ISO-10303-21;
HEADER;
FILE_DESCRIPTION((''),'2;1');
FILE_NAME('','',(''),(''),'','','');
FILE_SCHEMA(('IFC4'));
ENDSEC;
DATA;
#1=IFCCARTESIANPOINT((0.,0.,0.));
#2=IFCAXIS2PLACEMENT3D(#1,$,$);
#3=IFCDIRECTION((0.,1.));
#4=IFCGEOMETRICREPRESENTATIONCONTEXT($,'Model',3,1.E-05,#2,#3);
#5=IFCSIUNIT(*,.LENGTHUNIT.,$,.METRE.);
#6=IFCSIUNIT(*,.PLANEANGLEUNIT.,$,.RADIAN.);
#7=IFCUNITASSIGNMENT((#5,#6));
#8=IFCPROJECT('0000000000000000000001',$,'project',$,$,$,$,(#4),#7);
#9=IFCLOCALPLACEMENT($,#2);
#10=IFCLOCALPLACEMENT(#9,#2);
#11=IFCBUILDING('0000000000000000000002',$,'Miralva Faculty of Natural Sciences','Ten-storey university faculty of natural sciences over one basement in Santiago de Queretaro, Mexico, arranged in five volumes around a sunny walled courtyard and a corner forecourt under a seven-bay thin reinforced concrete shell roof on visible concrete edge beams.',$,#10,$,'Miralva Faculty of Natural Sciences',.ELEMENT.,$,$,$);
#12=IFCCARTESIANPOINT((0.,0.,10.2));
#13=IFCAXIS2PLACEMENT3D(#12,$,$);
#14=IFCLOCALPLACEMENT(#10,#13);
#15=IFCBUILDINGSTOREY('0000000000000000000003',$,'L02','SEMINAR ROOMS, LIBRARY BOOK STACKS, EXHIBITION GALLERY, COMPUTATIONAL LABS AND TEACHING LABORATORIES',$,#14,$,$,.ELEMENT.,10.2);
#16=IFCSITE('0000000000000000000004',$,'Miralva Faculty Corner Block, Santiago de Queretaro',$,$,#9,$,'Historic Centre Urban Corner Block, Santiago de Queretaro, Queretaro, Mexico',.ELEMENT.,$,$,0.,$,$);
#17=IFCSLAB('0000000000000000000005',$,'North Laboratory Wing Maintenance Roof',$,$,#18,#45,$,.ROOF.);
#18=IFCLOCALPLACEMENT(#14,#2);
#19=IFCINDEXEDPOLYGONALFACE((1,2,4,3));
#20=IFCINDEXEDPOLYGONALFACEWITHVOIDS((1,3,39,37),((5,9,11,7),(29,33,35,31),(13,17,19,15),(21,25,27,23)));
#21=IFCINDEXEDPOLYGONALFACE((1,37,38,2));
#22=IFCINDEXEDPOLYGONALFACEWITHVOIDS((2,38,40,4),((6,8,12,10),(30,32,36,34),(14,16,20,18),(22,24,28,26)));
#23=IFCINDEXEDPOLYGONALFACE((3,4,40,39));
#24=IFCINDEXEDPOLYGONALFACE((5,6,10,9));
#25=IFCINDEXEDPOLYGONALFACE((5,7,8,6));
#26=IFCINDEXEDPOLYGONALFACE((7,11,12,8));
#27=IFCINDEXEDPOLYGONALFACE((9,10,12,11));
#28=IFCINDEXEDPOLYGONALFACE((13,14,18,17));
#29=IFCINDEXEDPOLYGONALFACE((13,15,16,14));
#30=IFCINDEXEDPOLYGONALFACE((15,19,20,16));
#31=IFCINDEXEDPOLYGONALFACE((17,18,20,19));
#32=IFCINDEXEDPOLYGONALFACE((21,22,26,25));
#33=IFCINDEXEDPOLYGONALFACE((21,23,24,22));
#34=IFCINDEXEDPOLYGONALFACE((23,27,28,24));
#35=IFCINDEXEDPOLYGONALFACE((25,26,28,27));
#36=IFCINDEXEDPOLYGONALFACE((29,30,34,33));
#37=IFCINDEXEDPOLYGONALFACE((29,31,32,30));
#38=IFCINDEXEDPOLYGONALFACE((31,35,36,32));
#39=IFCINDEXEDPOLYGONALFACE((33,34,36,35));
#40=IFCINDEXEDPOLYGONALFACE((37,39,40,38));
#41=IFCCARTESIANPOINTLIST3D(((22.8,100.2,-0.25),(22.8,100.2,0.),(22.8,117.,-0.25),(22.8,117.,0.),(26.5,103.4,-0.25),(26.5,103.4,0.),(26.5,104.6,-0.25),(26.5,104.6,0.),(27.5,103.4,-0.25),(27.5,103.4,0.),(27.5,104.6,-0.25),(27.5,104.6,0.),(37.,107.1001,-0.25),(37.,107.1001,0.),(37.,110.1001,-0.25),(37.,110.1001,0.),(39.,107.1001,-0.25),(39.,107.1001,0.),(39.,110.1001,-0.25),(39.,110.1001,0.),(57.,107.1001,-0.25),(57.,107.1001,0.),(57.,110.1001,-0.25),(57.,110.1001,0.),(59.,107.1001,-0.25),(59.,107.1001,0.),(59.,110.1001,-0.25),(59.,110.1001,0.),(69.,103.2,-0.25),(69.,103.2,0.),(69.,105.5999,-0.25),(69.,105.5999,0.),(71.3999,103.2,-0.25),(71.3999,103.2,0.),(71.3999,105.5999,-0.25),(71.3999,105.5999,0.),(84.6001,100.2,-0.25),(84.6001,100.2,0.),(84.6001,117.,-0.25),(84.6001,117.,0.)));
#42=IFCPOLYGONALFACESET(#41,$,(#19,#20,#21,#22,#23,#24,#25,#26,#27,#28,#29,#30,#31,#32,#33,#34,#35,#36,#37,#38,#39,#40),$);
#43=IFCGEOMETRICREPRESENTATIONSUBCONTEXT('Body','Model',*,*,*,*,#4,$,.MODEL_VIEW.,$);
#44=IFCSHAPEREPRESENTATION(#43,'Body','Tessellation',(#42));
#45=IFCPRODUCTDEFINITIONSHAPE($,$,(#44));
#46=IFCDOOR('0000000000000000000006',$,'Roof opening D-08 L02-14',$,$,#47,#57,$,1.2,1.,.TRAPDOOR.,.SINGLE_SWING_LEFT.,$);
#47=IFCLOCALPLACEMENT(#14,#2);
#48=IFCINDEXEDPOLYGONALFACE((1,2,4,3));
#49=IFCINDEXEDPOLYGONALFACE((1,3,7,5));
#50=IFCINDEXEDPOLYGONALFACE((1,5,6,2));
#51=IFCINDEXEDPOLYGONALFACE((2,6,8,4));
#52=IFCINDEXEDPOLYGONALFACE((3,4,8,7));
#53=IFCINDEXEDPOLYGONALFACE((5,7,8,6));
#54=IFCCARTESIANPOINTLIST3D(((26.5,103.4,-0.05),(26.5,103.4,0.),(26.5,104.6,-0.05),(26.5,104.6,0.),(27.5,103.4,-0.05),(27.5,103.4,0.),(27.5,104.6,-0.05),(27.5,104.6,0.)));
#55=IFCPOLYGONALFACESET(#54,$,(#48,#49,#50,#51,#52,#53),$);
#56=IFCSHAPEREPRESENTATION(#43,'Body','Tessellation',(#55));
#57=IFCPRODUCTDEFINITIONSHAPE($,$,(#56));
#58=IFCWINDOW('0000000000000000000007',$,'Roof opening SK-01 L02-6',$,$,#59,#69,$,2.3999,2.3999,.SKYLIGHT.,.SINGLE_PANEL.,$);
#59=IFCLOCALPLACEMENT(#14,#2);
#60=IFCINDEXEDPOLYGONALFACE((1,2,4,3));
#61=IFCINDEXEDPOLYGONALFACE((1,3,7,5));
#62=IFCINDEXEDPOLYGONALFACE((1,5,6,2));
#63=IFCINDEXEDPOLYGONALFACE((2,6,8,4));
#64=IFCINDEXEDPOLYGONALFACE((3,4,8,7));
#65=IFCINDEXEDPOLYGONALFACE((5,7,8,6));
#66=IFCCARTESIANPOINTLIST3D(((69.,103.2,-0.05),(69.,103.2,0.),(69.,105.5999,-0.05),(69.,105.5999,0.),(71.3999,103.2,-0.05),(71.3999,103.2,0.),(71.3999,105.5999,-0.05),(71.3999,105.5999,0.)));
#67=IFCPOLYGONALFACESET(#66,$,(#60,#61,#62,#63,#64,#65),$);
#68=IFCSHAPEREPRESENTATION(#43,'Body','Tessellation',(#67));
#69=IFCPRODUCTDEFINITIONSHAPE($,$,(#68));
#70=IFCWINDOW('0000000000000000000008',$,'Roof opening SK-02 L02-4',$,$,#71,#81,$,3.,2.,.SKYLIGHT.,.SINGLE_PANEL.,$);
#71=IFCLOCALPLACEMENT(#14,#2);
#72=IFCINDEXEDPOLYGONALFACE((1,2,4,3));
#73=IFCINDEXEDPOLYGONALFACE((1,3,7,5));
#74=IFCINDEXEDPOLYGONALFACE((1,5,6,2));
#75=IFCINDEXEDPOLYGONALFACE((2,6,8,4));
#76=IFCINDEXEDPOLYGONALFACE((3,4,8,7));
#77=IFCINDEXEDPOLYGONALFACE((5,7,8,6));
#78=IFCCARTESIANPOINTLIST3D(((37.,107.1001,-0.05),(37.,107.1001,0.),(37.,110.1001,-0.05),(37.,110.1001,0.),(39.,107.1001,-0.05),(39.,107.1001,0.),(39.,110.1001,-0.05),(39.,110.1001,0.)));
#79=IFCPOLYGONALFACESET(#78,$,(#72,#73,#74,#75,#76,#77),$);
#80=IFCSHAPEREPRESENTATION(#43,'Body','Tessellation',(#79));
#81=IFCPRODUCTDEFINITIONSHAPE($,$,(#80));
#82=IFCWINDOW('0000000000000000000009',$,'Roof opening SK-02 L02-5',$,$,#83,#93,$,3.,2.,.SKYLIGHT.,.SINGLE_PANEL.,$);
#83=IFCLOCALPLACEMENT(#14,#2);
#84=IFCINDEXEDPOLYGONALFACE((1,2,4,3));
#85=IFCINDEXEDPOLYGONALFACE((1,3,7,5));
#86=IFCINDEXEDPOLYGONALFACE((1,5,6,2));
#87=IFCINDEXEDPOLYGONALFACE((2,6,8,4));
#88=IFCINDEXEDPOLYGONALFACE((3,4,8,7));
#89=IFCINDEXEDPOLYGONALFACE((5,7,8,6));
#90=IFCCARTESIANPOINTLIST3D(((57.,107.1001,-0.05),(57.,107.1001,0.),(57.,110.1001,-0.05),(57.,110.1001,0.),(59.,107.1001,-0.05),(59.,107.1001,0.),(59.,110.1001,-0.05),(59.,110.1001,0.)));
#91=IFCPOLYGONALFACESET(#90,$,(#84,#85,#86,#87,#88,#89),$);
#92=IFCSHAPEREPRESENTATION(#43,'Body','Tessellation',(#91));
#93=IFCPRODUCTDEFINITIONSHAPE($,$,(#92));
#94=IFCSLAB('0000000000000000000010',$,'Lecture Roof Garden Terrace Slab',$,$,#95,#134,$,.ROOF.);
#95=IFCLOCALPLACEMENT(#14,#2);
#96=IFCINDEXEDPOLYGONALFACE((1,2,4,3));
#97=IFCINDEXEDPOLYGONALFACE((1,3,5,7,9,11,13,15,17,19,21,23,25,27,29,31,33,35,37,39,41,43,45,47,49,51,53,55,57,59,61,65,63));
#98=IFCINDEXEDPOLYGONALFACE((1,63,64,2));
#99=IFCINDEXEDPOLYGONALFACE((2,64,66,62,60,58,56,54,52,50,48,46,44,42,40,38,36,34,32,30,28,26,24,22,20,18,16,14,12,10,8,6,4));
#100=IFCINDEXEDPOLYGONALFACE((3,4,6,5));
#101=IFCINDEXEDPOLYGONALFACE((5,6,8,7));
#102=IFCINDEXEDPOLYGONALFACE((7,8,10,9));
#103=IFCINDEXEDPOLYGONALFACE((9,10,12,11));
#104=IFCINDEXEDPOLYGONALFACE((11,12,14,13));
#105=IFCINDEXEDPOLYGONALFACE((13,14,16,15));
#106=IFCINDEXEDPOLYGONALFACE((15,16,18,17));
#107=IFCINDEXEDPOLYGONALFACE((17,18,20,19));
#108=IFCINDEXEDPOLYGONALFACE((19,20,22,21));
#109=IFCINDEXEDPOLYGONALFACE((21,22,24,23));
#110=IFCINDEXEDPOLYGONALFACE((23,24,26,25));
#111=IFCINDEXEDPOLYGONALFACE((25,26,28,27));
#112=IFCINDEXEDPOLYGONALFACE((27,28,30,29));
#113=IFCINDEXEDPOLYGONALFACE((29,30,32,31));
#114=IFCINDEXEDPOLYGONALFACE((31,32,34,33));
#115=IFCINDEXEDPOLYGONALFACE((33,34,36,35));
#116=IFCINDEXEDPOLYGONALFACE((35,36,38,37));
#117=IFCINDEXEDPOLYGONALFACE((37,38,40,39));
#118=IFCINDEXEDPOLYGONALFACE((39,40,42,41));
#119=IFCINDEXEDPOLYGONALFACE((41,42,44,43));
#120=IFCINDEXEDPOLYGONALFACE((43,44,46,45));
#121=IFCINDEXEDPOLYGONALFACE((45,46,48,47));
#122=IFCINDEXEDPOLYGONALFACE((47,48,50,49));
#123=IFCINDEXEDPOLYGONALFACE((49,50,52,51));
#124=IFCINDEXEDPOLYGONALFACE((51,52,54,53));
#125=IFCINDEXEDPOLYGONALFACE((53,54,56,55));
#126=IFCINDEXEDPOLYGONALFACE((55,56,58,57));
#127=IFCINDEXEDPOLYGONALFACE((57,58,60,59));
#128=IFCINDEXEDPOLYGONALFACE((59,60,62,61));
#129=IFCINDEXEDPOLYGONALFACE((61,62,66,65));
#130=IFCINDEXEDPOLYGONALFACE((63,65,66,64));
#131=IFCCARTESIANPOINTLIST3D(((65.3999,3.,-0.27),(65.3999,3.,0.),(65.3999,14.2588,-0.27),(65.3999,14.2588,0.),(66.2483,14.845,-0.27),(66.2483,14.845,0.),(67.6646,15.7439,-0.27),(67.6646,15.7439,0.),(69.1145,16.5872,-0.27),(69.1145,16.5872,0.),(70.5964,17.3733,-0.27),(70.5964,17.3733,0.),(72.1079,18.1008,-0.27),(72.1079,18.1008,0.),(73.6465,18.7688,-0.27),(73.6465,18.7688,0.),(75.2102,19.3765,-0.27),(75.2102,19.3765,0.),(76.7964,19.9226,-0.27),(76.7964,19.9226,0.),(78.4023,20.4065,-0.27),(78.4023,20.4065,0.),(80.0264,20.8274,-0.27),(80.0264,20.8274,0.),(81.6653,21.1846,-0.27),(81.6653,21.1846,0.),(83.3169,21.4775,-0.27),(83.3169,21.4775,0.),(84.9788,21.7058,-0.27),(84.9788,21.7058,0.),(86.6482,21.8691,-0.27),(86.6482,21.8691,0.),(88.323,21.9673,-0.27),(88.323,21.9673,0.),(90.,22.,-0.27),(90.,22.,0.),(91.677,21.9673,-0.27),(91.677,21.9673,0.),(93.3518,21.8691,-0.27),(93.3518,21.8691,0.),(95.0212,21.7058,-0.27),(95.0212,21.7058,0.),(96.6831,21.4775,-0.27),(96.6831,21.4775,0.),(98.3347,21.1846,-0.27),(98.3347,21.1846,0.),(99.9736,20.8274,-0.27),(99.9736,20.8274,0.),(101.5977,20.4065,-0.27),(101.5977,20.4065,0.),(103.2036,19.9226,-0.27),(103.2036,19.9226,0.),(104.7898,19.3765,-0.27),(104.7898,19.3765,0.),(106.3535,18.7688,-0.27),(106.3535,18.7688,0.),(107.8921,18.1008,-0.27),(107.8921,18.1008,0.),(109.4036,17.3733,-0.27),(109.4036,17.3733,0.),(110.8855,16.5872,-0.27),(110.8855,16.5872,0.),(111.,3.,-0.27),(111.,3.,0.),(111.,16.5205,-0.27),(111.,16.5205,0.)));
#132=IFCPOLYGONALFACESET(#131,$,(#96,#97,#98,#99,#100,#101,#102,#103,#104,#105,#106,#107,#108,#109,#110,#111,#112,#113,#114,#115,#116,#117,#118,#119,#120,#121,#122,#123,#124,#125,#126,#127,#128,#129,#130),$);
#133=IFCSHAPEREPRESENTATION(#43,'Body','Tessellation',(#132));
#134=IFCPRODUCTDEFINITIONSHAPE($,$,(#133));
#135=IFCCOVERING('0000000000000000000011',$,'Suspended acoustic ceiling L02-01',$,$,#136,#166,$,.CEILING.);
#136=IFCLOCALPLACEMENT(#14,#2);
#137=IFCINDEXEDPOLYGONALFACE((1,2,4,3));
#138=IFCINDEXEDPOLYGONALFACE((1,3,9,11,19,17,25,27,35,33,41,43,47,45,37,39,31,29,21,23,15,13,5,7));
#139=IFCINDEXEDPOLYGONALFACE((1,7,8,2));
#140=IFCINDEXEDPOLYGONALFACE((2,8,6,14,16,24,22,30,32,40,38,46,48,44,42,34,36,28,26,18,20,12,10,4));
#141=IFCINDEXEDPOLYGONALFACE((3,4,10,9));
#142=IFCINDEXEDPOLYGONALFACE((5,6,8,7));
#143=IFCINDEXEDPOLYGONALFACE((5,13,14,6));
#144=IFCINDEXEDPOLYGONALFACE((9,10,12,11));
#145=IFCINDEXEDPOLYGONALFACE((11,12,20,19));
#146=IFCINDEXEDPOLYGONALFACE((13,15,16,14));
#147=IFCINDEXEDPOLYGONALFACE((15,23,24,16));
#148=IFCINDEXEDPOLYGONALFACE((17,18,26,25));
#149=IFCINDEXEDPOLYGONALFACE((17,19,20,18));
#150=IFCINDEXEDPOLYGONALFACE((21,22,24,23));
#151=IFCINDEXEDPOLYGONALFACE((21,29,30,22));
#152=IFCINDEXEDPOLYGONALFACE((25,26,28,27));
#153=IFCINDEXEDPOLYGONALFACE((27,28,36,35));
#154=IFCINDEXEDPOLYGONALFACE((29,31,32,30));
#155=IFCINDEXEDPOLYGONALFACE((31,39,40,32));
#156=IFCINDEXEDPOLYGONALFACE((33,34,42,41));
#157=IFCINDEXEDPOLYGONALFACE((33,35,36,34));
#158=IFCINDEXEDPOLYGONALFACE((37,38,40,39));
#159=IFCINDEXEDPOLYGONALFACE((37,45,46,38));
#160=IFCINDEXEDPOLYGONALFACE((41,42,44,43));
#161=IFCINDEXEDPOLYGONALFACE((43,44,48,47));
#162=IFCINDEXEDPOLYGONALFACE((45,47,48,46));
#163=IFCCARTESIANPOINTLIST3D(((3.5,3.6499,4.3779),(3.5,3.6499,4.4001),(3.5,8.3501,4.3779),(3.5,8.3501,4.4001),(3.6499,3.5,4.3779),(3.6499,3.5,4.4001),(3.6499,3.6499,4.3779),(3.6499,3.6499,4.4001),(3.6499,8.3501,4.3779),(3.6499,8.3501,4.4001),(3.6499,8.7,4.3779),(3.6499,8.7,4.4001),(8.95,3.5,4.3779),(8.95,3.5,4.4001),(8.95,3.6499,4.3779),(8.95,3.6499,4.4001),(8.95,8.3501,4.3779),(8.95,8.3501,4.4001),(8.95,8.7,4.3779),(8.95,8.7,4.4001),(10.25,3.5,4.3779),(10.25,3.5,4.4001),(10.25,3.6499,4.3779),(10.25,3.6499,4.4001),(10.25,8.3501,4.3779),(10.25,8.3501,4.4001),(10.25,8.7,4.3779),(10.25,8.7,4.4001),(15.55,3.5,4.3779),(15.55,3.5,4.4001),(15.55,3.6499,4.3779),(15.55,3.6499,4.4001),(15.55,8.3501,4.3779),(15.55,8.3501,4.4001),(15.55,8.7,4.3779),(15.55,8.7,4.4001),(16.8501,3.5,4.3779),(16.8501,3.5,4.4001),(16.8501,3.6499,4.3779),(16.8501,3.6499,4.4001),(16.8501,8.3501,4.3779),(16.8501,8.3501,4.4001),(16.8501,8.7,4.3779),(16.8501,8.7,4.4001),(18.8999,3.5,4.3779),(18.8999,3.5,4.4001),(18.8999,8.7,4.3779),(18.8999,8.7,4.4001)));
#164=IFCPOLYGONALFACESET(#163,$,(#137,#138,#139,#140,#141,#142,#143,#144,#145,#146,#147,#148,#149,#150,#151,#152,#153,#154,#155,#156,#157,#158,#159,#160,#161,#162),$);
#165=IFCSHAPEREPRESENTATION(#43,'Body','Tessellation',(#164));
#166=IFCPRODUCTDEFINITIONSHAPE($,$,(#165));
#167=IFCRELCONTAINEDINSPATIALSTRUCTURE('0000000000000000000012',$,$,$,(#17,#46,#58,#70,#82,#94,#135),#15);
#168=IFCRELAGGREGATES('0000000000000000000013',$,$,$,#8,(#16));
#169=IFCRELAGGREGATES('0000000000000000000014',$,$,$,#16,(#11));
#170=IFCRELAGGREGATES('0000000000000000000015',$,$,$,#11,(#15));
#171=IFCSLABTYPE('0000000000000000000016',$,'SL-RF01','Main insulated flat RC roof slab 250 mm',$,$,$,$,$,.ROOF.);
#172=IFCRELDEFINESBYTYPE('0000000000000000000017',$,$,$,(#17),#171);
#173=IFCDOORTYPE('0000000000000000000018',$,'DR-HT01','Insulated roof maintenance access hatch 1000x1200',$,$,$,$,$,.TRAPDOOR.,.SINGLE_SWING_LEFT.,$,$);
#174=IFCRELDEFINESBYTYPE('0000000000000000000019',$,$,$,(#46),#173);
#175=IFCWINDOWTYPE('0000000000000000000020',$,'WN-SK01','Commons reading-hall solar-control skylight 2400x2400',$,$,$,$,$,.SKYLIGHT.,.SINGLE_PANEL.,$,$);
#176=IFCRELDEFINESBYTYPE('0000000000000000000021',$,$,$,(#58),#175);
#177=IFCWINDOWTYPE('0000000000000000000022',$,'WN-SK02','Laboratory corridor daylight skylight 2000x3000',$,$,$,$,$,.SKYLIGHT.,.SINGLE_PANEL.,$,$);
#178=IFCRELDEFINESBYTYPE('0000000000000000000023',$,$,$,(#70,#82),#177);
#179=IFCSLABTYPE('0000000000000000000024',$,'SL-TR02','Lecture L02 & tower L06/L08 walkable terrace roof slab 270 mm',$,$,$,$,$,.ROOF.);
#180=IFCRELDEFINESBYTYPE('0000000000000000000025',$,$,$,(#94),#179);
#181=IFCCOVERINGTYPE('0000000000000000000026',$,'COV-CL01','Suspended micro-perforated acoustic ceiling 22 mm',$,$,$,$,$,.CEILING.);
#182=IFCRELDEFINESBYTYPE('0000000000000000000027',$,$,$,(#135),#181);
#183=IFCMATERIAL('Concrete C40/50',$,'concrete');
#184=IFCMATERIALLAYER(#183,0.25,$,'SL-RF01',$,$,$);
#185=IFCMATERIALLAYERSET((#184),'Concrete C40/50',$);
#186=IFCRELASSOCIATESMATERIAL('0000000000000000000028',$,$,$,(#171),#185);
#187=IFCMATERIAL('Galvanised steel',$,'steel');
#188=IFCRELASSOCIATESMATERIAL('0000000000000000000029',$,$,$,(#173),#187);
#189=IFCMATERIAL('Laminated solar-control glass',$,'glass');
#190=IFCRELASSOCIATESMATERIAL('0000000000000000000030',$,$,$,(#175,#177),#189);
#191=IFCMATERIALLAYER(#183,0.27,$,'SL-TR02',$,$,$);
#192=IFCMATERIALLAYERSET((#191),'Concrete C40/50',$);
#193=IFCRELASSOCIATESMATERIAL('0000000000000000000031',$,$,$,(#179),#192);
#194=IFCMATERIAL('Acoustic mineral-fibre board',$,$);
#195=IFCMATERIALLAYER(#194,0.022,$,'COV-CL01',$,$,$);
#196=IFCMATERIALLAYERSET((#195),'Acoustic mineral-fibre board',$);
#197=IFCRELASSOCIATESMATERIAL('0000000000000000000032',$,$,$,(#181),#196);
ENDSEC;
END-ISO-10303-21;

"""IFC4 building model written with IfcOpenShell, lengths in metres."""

from ifc_helpers import new_model, si_unit, direction, frame, origin, origin_2d, place, context, subcontext, project, spatial, polyline, rectangle, outline, extrude, material, layer, layer_set, type_object, element, fill, save


model = new_model("IFC4")

# Units and contexts
model_context = context("Model", 3, precision=1e-05, world=origin(), true_north=direction((0.0, 1.0)))
body_context = subcontext(model_context, "Body", "Model", "MODEL_VIEW")
ifc_project = project(units=[si_unit("LENGTHUNIT", "METRE"), si_unit("PLANEANGLEUNIT", "RADIAN")], contexts=[model_context])

# Site, building, storey
site_placement = place(None, origin())
site = spatial("IfcSite", under=ifc_project, at=site_placement, Name="Miralva Faculty Corner Block, Santiago de Queretaro", LongName="Historic Centre Urban Corner Block, Santiago de Queretaro, Queretaro, Mexico", CompositionType="ELEMENT", RefElevation=0.0)
building_placement = place(site_placement, origin())
building = spatial("IfcBuilding", under=site, at=building_placement, Name="Miralva Faculty of Natural Sciences", Description="Ten-storey university faculty of natural sciences over one basement in Santiago de Queretaro, Mexico, arranged in five volumes around a sunny walled courtyard and a corner forecourt under a seven-bay thin reinforced concrete shell roof on visible concrete edge beams.", LongName="Miralva Faculty of Natural Sciences", CompositionType="ELEMENT")
storey_placement = place(building_placement, frame((0.0, 0.0, 10.2)))
storey = spatial("IfcBuildingStorey", under=building, at=storey_placement, Name="L02", Description="SEMINAR ROOMS, LIBRARY BOOK STACKS, EXHIBITION GALLERY, COMPUTATIONAL LABS AND TEACHING LABORATORIES", CompositionType="ELEMENT", Elevation=10.2)

# Shared definitions
ifc_material_1 = material(Name="Concrete C40/50", Category="concrete")

# Slab, openings, door, windows
ifc_layer_1 = layer(ifc_material_1, 0.25, Name="SL-RF01")
ifc_layer_set_1 = layer_set([ifc_layer_1], Name="Concrete C40/50")
slab_type_1 = type_object("IfcSlabType", Name="SL-RF01", Description="Main insulated flat RC roof slab 250 mm", PredefinedType="ROOF", material=ifc_layer_set_1)
slab_1_placement = place(storey_placement, frame((0.0, 0.0, -0.25)))
slab_1 = element("IfcSlab", 1, at=slab_1_placement, inside=storey, type_object=slab_type_1, Name="North Laboratory Wing Maintenance Roof", PredefinedType="ROOF", context=body_context, shape_type="SweptSolid", body=[
    extrude(outline(polyline([(84.6001, 100.2), (22.8, 100.2), (22.8, 117.0), (84.6001, 117.0), (84.6001, 100.2)])), origin(), (0.0, 0.0, 1.0), 0.25),
])
opening_1_placement = place(slab_1_placement, frame((38.0, 108.6001, 0.0)))
opening_1 = element("IfcOpeningElement", 2, at=opening_1_placement, cuts=slab_1, PredefinedType="OPENING", context=body_context, shape_type="SweptSolid", body=[
    extrude(rectangle(XDim=2.0, YDim=3.0, at=origin_2d()), frame((0.0, 0.0, -0.01)), (0.0, 0.0, 1.0), 0.27),
])
opening_2_placement = place(slab_1_placement, frame((58.0, 108.6001, 0.0)))
opening_2 = element("IfcOpeningElement", 3, at=opening_2_placement, cuts=slab_1, PredefinedType="OPENING", context=body_context, shape_type="SweptSolid", body=[
    extrude(rectangle(XDim=2.0, YDim=3.0, at=origin_2d()), frame((0.0, 0.0, -0.01)), (0.0, 0.0, 1.0), 0.27),
])
opening_3_placement = place(slab_1_placement, frame((70.2, 104.3999, 0.0)))
opening_3 = element("IfcOpeningElement", 4, at=opening_3_placement, cuts=slab_1, PredefinedType="OPENING", context=body_context, shape_type="SweptSolid", body=[
    extrude(rectangle(XDim=2.3999, YDim=2.3999, at=origin_2d()), frame((0.0, 0.0, -0.01)), (0.0, 0.0, 1.0), 0.27),
])
opening_4_placement = place(slab_1_placement, frame((27.0, 104.0, 0.0)))
opening_4 = element("IfcOpeningElement", 5, at=opening_4_placement, cuts=slab_1, PredefinedType="OPENING", context=body_context, shape_type="SweptSolid", body=[
    extrude(rectangle(XDim=1.0, YDim=1.2, at=origin_2d()), frame((0.0, 0.0, -0.01)), (0.0, 0.0, 1.0), 0.27),
])
ifc_material_2 = material(Name="Galvanised steel", Category="steel")
door_type = type_object("IfcDoorType", Name="DR-HT01", Description="Insulated roof maintenance access hatch 1000x1200", OperationType="SINGLE_SWING_LEFT", PredefinedType="TRAPDOOR", material=ifc_material_2)
door_placement = place(opening_4_placement, frame((0.0, 0.0, 0.2)))
door = element("IfcDoor", 6, at=door_placement, inside=storey, type_object=door_type, Name="Roof opening D-08 L02-14", OperationType="SINGLE_SWING_LEFT", OverallHeight=1.2, OverallWidth=1.0, PredefinedType="TRAPDOOR", context=body_context, shape_type="SweptSolid", body=[
    extrude(rectangle(XDim=1.0, YDim=1.2, at=origin_2d()), origin(), (0.0, 0.0, 1.0), 0.05),
])
fill(opening_4, door)
ifc_material_3 = material(Name="Laminated solar-control glass", Category="glass")
window_type_1 = type_object("IfcWindowType", Name="WN-SK01", Description="Commons reading-hall solar-control skylight 2400x2400", PartitioningType="SINGLE_PANEL", PredefinedType="SKYLIGHT", material=ifc_material_3)
window_1_placement = place(opening_3_placement, frame((0.0, 0.0, 0.2)))
window_1 = element("IfcWindow", 7, at=window_1_placement, inside=storey, type_object=window_type_1, Name="Roof opening SK-01 L02-6", OverallHeight=2.3999, OverallWidth=2.3999, PartitioningType="SINGLE_PANEL", PredefinedType="SKYLIGHT", context=body_context, shape_type="SweptSolid", body=[
    extrude(rectangle(XDim=2.3999, YDim=2.3999, at=origin_2d()), origin(), (0.0, 0.0, 1.0), 0.05),
])
fill(opening_3, window_1)
window_type_2 = type_object("IfcWindowType", Name="WN-SK02", Description="Laboratory corridor daylight skylight 2000x3000", PartitioningType="SINGLE_PANEL", PredefinedType="SKYLIGHT", material=ifc_material_3)
window_2_placement = place(opening_1_placement, frame((0.0, 0.0, 0.2)))
window_2 = element("IfcWindow", 8, at=window_2_placement, inside=storey, type_object=window_type_2, Name="Roof opening SK-02 L02-4", OverallHeight=3.0, OverallWidth=2.0, PartitioningType="SINGLE_PANEL", PredefinedType="SKYLIGHT", context=body_context, shape_type="SweptSolid", body=[
    extrude(rectangle(XDim=2.0, YDim=3.0, at=origin_2d()), origin(), (0.0, 0.0, 1.0), 0.05),
])
fill(opening_1, window_2)
window_3_placement = place(opening_2_placement, frame((0.0, 0.0, 0.2)))
window_3 = element("IfcWindow", 9, at=window_3_placement, inside=storey, type_object=window_type_2, Name="Roof opening SK-02 L02-5", OverallHeight=3.0, OverallWidth=2.0, PartitioningType="SINGLE_PANEL", PredefinedType="SKYLIGHT", context=body_context, shape_type="SweptSolid", body=[
    extrude(rectangle(XDim=2.0, YDim=3.0, at=origin_2d()), origin(), (0.0, 0.0, 1.0), 0.05),
])
fill(opening_2, window_3)

# Slab
ifc_layer_2 = layer(ifc_material_1, 0.27, Name="SL-TR02")
ifc_layer_set_2 = layer_set([ifc_layer_2], Name="Concrete C40/50")
slab_type_2 = type_object("IfcSlabType", Name="SL-TR02", Description="Lecture L02 & tower L06/L08 walkable terrace roof slab 270 mm", PredefinedType="ROOF", material=ifc_layer_set_2)
slab_2_placement = place(storey_placement, frame((0.0, 0.0, -0.27)))
element("IfcSlab", 10, at=slab_2_placement, inside=storey, type_object=slab_type_2, Name="Lecture Roof Garden Terrace Slab", PredefinedType="ROOF", context=body_context, shape_type="SweptSolid", body=[
    extrude(outline(polyline([(111.0, 3.0), (65.3999, 3.0), (65.3999, 14.2588), (66.2483, 14.845), (67.6646, 15.7439), (69.1145, 16.5872), (70.5964, 17.3733), (72.1079, 18.1008), (73.6465, 18.7688), (75.2102, 19.3765), (76.7964, 19.9226), (78.4023, 20.4065), (80.0264, 20.8274), (81.6653, 21.1846), (83.3169, 21.4775), (84.9788, 21.7058), (86.6482, 21.8691), (88.323, 21.9673), (90.0, 22.0), (91.677, 21.9673), (93.3518, 21.8691), (95.0212, 21.7058), (96.6831, 21.4775), (98.3347, 21.1846), (99.9736, 20.8274), (101.5977, 20.4065), (103.2036, 19.9226), (104.7898, 19.3765), (106.3535, 18.7688), (107.8921, 18.1008), (109.4036, 17.3733), (110.8855, 16.5872), (111.0, 16.5205), (111.0, 3.0)])), origin(), (0.0, 0.0, 1.0), 0.27),
])

# Covering
ifc_material_4 = material(Name="Acoustic mineral-fibre board")
ifc_layer_3 = layer(ifc_material_4, 0.022, Name="COV-CL01")
ifc_layer_set_3 = layer_set([ifc_layer_3], Name="Acoustic mineral-fibre board")
covering_type_1 = type_object("IfcCoveringType", Name="COV-CL01", Description="Suspended micro-perforated acoustic ceiling 22 mm", PredefinedType="CEILING", material=ifc_layer_set_3)
covering_1_placement = place(storey_placement, frame((0.0, 0.0, 4.3779)))
element("IfcCovering", 11, at=covering_1_placement, inside=storey, type_object=covering_type_1, Name="Suspended acoustic ceiling L02-01", PredefinedType="CEILING", context=body_context, shape_type="SweptSolid", body=[
    extrude(outline(polyline([(8.95, 8.7), (8.95, 8.3501), (10.25, 8.3501), (10.25, 8.7), (15.55, 8.7), (15.55, 8.3501), (16.8501, 8.3501), (16.8501, 8.7), (18.8999, 8.7), (18.8999, 3.5), (16.8501, 3.5), (16.8501, 3.6499), (15.55, 3.6499), (15.55, 3.5), (10.25, 3.5), (10.25, 3.6499), (8.95, 3.6499), (8.95, 3.5), (3.6499, 3.5), (3.6499, 3.6499), (3.5, 3.6499), (3.5, 8.3501), (3.6499, 8.3501), (3.6499, 8.7), (8.95, 8.7)])), origin(), (0.0, 0.0, 1.0), 0.0222),
])

save(model, "model.ifc")
